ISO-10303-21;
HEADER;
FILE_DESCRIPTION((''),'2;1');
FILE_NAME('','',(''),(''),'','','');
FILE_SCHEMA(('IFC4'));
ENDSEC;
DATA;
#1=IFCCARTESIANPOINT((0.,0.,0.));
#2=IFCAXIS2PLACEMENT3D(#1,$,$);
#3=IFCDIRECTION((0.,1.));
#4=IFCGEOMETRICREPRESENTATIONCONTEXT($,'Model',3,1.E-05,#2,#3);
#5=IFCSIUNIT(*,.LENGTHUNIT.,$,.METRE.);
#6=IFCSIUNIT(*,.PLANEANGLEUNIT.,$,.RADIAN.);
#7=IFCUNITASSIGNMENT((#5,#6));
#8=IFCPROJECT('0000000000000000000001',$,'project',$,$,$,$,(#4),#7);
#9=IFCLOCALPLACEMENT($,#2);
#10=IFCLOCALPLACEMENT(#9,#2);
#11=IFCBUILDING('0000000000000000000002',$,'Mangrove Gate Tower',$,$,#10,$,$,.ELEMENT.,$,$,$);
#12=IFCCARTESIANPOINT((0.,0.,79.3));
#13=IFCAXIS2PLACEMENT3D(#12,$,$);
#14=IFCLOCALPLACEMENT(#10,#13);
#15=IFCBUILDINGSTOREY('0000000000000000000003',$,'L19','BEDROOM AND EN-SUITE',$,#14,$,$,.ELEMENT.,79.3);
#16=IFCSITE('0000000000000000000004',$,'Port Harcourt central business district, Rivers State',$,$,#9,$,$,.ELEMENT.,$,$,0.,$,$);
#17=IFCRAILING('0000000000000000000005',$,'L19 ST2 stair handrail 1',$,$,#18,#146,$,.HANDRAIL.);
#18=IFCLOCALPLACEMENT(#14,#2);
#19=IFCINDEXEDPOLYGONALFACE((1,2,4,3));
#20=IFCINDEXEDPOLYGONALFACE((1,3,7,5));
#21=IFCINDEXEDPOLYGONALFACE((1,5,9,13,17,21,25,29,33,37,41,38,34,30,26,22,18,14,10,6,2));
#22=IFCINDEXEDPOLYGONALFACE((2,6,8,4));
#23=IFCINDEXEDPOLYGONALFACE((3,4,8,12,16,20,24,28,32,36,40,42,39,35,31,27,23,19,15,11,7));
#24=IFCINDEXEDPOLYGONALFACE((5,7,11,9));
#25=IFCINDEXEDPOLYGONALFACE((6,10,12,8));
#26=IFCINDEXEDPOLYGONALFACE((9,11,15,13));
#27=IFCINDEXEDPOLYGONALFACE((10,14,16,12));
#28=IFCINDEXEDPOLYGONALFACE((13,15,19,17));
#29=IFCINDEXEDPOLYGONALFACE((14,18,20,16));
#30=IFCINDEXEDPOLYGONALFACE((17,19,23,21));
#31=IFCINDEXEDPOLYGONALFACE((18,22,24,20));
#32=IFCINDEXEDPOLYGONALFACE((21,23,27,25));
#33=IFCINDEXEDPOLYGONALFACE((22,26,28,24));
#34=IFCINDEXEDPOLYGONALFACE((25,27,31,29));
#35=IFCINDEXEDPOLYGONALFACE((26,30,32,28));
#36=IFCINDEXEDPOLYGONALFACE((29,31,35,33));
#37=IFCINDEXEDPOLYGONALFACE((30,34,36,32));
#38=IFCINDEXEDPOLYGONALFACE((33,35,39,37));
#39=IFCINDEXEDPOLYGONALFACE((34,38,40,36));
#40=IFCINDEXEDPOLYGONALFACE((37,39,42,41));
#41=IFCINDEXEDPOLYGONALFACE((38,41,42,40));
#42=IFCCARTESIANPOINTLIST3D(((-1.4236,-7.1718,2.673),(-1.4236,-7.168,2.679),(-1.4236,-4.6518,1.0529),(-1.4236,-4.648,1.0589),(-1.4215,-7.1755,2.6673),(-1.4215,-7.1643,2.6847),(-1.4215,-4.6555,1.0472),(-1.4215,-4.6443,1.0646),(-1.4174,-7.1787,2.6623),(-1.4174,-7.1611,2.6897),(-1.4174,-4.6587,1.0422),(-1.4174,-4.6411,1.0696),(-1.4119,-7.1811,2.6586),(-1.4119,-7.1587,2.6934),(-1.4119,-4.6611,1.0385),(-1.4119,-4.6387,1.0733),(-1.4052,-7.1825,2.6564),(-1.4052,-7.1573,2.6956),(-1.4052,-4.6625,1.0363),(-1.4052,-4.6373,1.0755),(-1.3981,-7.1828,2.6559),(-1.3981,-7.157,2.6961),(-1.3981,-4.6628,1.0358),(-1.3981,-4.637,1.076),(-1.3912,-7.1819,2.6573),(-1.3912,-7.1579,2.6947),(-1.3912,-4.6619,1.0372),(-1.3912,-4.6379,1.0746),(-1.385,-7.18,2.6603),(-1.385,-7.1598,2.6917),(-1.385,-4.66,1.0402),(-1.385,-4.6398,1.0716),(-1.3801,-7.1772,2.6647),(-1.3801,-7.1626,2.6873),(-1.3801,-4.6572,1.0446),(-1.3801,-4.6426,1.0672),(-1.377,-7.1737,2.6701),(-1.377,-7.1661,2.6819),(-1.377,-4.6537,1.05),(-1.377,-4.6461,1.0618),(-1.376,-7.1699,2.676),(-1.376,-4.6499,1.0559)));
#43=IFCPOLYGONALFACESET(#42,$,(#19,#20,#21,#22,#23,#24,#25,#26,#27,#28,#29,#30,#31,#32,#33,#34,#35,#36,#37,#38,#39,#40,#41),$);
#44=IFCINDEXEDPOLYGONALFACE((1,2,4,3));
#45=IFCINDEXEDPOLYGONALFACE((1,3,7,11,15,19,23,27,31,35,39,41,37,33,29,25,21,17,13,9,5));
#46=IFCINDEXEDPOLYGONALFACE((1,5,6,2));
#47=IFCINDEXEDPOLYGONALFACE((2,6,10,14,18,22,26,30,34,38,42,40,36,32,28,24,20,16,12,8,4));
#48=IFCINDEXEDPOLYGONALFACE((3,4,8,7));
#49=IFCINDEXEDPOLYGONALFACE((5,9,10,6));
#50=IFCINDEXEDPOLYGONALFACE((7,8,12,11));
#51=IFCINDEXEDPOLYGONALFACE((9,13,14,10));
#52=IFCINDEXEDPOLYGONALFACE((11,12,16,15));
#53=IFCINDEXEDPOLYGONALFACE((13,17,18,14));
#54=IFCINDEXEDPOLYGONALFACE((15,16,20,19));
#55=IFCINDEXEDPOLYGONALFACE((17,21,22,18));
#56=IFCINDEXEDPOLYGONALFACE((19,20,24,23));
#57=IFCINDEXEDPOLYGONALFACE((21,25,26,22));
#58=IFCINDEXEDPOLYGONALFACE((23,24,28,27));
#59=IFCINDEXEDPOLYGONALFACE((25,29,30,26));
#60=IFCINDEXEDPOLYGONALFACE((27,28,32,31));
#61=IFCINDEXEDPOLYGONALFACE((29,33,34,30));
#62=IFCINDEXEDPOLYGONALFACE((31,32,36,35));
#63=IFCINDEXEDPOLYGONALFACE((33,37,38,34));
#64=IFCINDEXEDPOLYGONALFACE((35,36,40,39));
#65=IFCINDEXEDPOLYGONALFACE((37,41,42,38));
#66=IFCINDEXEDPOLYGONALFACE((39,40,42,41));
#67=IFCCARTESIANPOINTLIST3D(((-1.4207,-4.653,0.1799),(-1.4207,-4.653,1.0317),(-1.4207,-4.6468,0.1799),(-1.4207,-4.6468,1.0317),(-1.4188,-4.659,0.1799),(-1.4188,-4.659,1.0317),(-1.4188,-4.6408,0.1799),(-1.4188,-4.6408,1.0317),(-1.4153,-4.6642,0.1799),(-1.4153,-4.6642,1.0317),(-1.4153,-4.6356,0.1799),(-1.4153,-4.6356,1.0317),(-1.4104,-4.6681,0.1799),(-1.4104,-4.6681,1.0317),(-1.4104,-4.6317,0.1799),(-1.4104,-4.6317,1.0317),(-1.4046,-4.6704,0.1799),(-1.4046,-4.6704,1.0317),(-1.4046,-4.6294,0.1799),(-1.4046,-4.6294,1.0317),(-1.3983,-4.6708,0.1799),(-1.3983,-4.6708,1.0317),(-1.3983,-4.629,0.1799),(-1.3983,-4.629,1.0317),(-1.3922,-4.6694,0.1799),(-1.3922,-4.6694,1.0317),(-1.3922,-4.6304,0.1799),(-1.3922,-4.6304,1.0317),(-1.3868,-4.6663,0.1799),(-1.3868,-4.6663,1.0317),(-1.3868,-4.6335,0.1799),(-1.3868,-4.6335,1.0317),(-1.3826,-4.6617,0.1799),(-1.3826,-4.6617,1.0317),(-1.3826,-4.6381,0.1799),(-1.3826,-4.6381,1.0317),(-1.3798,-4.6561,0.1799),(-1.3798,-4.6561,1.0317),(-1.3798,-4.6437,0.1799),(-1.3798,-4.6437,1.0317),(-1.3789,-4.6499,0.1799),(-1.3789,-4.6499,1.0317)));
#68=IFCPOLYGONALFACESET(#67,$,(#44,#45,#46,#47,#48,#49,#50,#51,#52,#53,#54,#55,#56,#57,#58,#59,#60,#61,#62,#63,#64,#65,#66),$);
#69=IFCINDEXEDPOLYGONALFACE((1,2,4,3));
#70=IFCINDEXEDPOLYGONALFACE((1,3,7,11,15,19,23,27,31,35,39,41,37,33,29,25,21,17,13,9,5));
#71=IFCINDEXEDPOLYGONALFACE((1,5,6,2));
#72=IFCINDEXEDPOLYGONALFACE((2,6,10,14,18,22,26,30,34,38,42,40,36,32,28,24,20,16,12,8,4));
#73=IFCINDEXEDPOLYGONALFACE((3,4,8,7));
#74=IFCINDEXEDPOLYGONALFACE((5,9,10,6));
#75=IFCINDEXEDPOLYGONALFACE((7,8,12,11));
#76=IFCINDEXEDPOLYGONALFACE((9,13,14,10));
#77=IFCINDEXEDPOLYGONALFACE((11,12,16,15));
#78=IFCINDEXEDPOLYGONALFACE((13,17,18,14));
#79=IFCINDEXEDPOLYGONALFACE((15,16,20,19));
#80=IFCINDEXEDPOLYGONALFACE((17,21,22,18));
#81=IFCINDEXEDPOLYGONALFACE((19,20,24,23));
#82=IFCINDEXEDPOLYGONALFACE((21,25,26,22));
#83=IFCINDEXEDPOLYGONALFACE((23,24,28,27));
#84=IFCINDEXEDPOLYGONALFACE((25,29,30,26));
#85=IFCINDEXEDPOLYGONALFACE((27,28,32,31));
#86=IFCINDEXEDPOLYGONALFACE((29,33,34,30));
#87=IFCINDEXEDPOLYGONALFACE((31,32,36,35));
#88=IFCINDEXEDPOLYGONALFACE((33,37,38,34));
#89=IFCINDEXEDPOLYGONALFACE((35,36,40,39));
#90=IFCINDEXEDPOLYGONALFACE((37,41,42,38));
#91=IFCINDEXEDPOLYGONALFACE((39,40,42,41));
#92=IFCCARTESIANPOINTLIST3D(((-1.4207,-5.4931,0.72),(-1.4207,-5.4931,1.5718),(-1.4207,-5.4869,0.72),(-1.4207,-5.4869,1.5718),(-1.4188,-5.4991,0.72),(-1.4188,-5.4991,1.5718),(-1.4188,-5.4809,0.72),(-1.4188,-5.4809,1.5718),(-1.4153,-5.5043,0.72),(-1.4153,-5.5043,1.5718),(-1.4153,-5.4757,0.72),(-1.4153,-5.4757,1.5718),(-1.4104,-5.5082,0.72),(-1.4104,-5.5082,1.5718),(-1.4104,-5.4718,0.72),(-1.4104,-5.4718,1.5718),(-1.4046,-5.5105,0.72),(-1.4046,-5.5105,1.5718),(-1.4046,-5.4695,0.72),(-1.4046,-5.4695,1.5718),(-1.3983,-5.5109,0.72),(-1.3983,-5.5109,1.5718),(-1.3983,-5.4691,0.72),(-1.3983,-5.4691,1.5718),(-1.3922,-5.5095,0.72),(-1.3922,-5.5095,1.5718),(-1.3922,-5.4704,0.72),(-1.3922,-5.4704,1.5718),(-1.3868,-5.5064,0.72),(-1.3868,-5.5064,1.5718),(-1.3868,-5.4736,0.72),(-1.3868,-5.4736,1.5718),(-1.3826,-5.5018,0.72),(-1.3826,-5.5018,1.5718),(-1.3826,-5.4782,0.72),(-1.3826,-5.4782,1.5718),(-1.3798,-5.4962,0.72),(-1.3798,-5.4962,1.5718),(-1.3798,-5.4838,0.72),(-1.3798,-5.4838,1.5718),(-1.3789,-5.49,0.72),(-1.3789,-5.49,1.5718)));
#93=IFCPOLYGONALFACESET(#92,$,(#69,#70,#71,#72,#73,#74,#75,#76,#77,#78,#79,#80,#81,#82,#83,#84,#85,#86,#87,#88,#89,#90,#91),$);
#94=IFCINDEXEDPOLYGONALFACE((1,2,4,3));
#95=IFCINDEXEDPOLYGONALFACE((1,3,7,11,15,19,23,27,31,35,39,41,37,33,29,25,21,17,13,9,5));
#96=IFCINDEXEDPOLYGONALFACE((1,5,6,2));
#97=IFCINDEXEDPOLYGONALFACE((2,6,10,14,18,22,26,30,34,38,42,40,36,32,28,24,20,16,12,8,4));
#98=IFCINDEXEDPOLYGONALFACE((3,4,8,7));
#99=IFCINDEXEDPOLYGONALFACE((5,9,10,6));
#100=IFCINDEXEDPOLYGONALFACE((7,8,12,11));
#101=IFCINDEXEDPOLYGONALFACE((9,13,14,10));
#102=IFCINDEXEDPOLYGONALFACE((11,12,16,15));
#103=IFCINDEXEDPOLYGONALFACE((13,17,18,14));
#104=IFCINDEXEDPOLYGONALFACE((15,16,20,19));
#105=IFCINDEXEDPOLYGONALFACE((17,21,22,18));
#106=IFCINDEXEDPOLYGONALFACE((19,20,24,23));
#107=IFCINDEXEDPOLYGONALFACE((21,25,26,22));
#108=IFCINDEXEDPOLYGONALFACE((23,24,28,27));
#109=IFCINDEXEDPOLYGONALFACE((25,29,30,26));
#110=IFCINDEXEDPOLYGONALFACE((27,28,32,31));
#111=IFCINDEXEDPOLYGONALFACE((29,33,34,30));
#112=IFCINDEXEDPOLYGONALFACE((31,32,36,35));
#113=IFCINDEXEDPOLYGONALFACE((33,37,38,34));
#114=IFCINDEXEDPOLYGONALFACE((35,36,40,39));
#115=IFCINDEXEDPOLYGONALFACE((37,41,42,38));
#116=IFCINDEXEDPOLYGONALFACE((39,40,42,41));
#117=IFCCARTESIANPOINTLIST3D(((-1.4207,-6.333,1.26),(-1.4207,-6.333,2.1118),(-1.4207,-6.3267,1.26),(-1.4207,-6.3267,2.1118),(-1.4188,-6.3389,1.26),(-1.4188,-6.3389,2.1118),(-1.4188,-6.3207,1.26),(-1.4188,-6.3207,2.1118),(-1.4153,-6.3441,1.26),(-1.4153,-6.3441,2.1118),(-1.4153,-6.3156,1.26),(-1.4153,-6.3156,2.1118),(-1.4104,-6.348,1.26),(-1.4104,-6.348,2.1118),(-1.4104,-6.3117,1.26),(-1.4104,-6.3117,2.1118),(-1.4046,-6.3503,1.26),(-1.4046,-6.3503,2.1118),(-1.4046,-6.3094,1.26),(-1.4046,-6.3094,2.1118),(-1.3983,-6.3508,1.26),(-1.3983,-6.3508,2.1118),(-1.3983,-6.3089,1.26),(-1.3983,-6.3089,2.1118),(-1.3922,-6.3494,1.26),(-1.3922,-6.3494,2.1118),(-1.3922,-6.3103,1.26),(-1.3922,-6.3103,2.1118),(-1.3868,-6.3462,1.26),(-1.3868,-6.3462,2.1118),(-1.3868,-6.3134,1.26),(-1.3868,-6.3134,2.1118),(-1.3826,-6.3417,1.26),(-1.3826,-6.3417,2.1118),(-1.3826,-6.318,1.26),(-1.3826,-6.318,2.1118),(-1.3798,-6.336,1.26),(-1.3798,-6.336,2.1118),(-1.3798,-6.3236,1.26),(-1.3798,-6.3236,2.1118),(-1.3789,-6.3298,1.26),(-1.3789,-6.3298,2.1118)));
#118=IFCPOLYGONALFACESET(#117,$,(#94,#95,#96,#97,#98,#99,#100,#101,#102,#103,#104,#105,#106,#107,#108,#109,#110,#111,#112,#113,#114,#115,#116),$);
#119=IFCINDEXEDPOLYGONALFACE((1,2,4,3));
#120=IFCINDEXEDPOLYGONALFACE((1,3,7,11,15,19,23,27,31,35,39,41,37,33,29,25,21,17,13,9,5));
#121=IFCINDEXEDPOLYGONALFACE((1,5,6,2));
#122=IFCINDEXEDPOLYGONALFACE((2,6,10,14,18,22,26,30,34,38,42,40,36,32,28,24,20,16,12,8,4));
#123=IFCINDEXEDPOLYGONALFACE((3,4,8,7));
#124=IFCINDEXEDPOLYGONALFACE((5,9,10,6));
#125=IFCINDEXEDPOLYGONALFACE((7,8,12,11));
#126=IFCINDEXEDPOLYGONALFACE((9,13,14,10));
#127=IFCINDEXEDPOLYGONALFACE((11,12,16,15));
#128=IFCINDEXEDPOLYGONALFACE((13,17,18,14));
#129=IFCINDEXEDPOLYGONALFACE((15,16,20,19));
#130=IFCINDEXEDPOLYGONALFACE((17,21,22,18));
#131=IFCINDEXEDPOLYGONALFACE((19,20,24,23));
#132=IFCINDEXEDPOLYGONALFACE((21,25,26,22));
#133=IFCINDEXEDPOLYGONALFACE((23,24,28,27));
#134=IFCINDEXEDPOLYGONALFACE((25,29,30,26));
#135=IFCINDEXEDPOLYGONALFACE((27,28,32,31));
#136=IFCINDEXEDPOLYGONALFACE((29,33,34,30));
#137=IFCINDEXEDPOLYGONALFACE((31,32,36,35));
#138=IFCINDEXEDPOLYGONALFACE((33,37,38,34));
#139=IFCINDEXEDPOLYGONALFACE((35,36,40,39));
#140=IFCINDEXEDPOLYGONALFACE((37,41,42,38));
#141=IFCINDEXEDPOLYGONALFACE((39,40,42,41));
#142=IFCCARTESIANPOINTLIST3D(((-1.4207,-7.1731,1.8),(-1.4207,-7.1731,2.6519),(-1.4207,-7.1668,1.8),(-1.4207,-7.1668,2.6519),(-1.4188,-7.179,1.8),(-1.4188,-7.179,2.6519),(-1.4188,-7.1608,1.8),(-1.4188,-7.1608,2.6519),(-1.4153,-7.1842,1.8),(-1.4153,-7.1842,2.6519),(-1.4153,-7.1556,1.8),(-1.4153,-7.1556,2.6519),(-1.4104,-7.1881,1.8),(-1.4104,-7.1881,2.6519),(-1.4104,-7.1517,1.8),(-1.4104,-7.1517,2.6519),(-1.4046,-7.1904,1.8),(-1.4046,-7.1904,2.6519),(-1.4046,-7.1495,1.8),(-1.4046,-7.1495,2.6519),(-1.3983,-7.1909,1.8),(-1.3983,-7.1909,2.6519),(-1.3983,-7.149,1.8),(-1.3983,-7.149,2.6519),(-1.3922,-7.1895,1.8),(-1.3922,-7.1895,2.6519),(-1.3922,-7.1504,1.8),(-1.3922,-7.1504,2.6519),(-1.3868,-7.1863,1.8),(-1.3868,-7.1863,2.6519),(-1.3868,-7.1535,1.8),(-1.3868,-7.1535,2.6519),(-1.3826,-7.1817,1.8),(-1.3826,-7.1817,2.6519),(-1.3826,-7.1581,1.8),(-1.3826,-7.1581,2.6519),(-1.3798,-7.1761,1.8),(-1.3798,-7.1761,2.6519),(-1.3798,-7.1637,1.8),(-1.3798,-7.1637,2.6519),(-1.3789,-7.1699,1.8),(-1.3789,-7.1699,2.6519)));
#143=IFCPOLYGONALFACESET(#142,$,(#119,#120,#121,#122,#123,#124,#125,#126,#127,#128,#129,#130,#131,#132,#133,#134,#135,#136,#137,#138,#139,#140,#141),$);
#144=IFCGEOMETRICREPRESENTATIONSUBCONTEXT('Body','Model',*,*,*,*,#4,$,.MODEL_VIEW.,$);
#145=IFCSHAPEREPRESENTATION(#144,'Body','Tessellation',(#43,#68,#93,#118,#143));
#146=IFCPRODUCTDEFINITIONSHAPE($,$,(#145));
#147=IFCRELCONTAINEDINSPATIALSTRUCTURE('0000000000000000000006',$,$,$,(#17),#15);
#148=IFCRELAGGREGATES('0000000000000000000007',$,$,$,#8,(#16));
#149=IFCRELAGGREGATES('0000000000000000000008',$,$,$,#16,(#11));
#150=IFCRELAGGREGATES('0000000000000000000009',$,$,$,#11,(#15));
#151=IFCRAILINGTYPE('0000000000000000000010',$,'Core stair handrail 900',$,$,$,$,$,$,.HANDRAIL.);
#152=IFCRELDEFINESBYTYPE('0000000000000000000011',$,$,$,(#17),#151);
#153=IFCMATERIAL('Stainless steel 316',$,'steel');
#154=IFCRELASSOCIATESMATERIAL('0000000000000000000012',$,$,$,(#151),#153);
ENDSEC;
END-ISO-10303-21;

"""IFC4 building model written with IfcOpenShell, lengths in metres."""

from ifc_helpers import new_model, si_unit, direction, frame, origin, origin_2d, place, context, subcontext, project, spatial, circle, extrude, material, type_object, element, save


model = new_model("IFC4")

# Units and contexts
model_context = context("Model", 3, precision=1e-05, world=origin(), true_north=direction((0.0, 1.0)))
body_context = subcontext(model_context, "Body", "Model", "MODEL_VIEW")
ifc_project = project(units=[si_unit("LENGTHUNIT", "METRE"), si_unit("PLANEANGLEUNIT", "RADIAN")], contexts=[model_context])

# Site, building, storey
site_placement = place(None, origin())
site = spatial("IfcSite", under=ifc_project, at=site_placement, Name="Port Harcourt central business district, Rivers State", CompositionType="ELEMENT", RefElevation=0.0)
building_placement = place(site_placement, origin())
building = spatial("IfcBuilding", under=site, at=building_placement, Name="Mangrove Gate Tower", CompositionType="ELEMENT")
storey_placement = place(building_placement, frame((0.0, 0.0, 79.3)))
storey = spatial("IfcBuildingStorey", under=building, at=storey_placement, Name="L19", Description="BEDROOM AND EN-SUITE", CompositionType="ELEMENT", Elevation=79.3)

# Railing
ifc_material_1 = material(Name="Stainless steel 316", Category="steel")
railing_type_1 = type_object("IfcRailingType", Name="Core stair handrail 900", PredefinedType="HANDRAIL", material=ifc_material_1)
railing_1_placement = place(storey_placement, frame((-1.3999, -4.6499, 0.1799)))
element("IfcRailing", 1, at=railing_1_placement, inside=storey, type_object=railing_type_1, Name="L19 ST2 stair handrail 1", PredefinedType="HANDRAIL", context=body_context, shape_type="SweptSolid", body=[
    extrude(circle(Radius=0.0239, at=origin_2d()), frame((0.0, 0.0, 0.876), z_axis=(0.0, -0.841163, 0.540782), x_axis=(1.0, 0.0, 0.0)), (0.0, 0.0, 1.0), 2.9958),
    extrude(circle(Radius=0.021, at=origin_2d()), origin(), (0.0, 0.0, 1.0), 0.8518),
    extrude(circle(Radius=0.021, at=origin_2d()), frame((0.0, -0.8401, 0.54)), (0.0, 0.0, 1.0), 0.8518),
    extrude(circle(Radius=0.021, at=origin_2d()), frame((0.0, -1.6799, 1.0801)), (0.0, 0.0, 1.0), 0.8518),
    extrude(circle(Radius=0.021, at=origin_2d()), frame((0.0, -2.52, 1.6201)), (0.0, 0.0, 1.0), 0.8518),
])

save(model, "model.ifc")
